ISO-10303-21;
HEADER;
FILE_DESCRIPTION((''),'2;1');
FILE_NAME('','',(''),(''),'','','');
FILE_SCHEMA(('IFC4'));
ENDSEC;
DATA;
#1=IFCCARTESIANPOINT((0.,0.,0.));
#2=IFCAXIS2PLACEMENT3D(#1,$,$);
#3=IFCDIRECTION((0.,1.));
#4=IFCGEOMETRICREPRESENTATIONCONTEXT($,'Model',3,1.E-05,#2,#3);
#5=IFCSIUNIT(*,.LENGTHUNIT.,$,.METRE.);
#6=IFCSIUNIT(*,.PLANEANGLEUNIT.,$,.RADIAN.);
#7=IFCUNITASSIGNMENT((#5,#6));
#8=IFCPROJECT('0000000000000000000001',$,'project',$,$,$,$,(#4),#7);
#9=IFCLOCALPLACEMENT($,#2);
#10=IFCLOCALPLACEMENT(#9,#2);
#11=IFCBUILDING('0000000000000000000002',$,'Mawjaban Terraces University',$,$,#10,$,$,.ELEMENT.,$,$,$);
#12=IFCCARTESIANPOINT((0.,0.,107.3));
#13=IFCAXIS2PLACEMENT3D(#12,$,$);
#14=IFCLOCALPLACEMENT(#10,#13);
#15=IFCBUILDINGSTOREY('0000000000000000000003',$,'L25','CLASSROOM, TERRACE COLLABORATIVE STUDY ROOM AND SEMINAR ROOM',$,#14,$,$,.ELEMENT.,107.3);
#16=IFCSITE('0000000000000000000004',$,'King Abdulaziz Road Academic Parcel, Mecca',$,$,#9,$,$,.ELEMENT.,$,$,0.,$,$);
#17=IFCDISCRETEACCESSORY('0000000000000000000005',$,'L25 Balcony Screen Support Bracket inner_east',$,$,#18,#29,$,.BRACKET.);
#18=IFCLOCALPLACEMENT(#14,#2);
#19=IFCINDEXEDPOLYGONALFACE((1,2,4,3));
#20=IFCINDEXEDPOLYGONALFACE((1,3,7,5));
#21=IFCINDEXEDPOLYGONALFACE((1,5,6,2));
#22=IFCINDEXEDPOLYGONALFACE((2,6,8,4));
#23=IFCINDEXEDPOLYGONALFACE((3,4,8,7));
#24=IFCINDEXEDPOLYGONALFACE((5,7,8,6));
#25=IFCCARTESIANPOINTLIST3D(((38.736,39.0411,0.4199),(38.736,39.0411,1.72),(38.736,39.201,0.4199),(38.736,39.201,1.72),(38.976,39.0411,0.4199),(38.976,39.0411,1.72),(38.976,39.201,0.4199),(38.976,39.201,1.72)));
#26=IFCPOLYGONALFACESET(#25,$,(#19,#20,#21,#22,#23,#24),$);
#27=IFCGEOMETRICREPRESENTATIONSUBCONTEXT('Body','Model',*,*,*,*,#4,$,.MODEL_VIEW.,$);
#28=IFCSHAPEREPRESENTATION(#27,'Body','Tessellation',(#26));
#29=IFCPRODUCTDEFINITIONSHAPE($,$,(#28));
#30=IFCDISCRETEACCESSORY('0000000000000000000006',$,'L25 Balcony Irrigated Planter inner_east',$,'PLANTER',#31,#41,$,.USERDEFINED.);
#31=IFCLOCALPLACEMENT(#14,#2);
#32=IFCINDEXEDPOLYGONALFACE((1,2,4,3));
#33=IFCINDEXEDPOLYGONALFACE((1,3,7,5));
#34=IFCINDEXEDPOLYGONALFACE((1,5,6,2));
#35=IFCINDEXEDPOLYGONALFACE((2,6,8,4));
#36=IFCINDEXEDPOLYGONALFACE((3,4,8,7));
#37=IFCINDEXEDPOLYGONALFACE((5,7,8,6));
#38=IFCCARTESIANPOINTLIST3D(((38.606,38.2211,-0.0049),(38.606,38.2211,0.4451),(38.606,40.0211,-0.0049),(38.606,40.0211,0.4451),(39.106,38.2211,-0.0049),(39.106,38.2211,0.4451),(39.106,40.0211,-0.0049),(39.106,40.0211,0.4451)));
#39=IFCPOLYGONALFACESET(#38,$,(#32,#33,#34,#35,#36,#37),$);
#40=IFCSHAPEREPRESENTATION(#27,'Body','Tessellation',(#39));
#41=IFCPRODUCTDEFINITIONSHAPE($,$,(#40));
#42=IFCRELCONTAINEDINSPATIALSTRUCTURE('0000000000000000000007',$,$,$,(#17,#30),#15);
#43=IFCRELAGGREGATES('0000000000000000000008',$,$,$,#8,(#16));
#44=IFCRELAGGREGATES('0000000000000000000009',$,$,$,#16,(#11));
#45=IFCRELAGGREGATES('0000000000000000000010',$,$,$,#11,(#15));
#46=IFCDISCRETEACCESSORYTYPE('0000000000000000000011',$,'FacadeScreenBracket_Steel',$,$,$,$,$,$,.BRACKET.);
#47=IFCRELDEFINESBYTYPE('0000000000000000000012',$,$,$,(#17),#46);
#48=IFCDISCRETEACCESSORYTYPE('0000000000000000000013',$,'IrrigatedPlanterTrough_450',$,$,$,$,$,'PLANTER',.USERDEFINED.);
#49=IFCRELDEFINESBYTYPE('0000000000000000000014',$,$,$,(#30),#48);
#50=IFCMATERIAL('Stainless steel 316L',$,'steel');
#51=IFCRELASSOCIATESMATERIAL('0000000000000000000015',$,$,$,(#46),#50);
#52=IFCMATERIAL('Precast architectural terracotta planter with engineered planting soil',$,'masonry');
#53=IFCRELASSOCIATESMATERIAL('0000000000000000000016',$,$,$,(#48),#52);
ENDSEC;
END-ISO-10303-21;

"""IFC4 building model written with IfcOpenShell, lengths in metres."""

from ifc_helpers import new_model, si_unit, direction, frame, origin, origin_2d, place, context, subcontext, project, spatial, rectangle, extrude, material, type_object, element, save


model = new_model("IFC4")

# Units and contexts
model_context = context("Model", 3, precision=1e-05, world=origin(), true_north=direction((0.0, 1.0)))
body_context = subcontext(model_context, "Body", "Model", "MODEL_VIEW")
ifc_project = project(units=[si_unit("LENGTHUNIT", "METRE"), si_unit("PLANEANGLEUNIT", "RADIAN")], contexts=[model_context])

# Site, building, storey
site_placement = place(None, origin())
site = spatial("IfcSite", under=ifc_project, at=site_placement, Name="King Abdulaziz Road Academic Parcel, Mecca", CompositionType="ELEMENT", RefElevation=0.0)
building_placement = place(site_placement, origin())
building = spatial("IfcBuilding", under=site, at=building_placement, Name="Mawjaban Terraces University", CompositionType="ELEMENT")
storey_placement = place(building_placement, frame((0.0, 0.0, 107.3)))
storey = spatial("IfcBuildingStorey", under=building, at=storey_placement, Name="L25", Description="CLASSROOM, TERRACE COLLABORATIVE STUDY ROOM AND SEMINAR ROOM", CompositionType="ELEMENT", Elevation=107.3)

# Discrete accessories
ifc_material_1 = material(Name="Stainless steel 316L", Category="steel")
discrete_accessory_type_1 = type_object("IfcDiscreteAccessoryType", Name="FacadeScreenBracket_Steel", PredefinedType="BRACKET", material=ifc_material_1)
discrete_accessory_1_placement = place(storey_placement, frame((38.856, 39.1211, 0.4199), z_axis=(0.0, 0.0, 1.0), x_axis=(0.0, 1.0, 0.0)))
element("IfcDiscreteAccessory", 1, at=discrete_accessory_1_placement, inside=storey, type_object=discrete_accessory_type_1, Name="L25 Balcony Screen Support Bracket inner_east", PredefinedType="BRACKET", context=body_context, shape_type="SweptSolid", body=[
    extrude(rectangle(XDim=0.1599, YDim=0.24, at=origin_2d()), origin(), (0.0, 0.0, 1.0), 1.3),
])
ifc_material_2 = material(Name="Precast architectural terracotta planter with engineered planting soil", Category="masonry")
discrete_accessory_type_2 = type_object("IfcDiscreteAccessoryType", Name="IrrigatedPlanterTrough_450", ElementType="PLANTER", PredefinedType="USERDEFINED", material=ifc_material_2)
discrete_accessory_2_placement = place(storey_placement, frame((38.856, 39.1211, -0.0049), z_axis=(0.0, 0.0, 1.0), x_axis=(0.0, 1.0, 0.0)))
element("IfcDiscreteAccessory", 2, at=discrete_accessory_2_placement, inside=storey, type_object=discrete_accessory_type_2, Name="L25 Balcony Irrigated Planter inner_east", ObjectType="PLANTER", PredefinedType="USERDEFINED", context=body_context, shape_type="SweptSolid", body=[
    extrude(rectangle(XDim=1.8, YDim=0.5, at=origin_2d()), origin(), (0.0, 0.0, 1.0), 0.45),
])

save(model, "model.ifc")
